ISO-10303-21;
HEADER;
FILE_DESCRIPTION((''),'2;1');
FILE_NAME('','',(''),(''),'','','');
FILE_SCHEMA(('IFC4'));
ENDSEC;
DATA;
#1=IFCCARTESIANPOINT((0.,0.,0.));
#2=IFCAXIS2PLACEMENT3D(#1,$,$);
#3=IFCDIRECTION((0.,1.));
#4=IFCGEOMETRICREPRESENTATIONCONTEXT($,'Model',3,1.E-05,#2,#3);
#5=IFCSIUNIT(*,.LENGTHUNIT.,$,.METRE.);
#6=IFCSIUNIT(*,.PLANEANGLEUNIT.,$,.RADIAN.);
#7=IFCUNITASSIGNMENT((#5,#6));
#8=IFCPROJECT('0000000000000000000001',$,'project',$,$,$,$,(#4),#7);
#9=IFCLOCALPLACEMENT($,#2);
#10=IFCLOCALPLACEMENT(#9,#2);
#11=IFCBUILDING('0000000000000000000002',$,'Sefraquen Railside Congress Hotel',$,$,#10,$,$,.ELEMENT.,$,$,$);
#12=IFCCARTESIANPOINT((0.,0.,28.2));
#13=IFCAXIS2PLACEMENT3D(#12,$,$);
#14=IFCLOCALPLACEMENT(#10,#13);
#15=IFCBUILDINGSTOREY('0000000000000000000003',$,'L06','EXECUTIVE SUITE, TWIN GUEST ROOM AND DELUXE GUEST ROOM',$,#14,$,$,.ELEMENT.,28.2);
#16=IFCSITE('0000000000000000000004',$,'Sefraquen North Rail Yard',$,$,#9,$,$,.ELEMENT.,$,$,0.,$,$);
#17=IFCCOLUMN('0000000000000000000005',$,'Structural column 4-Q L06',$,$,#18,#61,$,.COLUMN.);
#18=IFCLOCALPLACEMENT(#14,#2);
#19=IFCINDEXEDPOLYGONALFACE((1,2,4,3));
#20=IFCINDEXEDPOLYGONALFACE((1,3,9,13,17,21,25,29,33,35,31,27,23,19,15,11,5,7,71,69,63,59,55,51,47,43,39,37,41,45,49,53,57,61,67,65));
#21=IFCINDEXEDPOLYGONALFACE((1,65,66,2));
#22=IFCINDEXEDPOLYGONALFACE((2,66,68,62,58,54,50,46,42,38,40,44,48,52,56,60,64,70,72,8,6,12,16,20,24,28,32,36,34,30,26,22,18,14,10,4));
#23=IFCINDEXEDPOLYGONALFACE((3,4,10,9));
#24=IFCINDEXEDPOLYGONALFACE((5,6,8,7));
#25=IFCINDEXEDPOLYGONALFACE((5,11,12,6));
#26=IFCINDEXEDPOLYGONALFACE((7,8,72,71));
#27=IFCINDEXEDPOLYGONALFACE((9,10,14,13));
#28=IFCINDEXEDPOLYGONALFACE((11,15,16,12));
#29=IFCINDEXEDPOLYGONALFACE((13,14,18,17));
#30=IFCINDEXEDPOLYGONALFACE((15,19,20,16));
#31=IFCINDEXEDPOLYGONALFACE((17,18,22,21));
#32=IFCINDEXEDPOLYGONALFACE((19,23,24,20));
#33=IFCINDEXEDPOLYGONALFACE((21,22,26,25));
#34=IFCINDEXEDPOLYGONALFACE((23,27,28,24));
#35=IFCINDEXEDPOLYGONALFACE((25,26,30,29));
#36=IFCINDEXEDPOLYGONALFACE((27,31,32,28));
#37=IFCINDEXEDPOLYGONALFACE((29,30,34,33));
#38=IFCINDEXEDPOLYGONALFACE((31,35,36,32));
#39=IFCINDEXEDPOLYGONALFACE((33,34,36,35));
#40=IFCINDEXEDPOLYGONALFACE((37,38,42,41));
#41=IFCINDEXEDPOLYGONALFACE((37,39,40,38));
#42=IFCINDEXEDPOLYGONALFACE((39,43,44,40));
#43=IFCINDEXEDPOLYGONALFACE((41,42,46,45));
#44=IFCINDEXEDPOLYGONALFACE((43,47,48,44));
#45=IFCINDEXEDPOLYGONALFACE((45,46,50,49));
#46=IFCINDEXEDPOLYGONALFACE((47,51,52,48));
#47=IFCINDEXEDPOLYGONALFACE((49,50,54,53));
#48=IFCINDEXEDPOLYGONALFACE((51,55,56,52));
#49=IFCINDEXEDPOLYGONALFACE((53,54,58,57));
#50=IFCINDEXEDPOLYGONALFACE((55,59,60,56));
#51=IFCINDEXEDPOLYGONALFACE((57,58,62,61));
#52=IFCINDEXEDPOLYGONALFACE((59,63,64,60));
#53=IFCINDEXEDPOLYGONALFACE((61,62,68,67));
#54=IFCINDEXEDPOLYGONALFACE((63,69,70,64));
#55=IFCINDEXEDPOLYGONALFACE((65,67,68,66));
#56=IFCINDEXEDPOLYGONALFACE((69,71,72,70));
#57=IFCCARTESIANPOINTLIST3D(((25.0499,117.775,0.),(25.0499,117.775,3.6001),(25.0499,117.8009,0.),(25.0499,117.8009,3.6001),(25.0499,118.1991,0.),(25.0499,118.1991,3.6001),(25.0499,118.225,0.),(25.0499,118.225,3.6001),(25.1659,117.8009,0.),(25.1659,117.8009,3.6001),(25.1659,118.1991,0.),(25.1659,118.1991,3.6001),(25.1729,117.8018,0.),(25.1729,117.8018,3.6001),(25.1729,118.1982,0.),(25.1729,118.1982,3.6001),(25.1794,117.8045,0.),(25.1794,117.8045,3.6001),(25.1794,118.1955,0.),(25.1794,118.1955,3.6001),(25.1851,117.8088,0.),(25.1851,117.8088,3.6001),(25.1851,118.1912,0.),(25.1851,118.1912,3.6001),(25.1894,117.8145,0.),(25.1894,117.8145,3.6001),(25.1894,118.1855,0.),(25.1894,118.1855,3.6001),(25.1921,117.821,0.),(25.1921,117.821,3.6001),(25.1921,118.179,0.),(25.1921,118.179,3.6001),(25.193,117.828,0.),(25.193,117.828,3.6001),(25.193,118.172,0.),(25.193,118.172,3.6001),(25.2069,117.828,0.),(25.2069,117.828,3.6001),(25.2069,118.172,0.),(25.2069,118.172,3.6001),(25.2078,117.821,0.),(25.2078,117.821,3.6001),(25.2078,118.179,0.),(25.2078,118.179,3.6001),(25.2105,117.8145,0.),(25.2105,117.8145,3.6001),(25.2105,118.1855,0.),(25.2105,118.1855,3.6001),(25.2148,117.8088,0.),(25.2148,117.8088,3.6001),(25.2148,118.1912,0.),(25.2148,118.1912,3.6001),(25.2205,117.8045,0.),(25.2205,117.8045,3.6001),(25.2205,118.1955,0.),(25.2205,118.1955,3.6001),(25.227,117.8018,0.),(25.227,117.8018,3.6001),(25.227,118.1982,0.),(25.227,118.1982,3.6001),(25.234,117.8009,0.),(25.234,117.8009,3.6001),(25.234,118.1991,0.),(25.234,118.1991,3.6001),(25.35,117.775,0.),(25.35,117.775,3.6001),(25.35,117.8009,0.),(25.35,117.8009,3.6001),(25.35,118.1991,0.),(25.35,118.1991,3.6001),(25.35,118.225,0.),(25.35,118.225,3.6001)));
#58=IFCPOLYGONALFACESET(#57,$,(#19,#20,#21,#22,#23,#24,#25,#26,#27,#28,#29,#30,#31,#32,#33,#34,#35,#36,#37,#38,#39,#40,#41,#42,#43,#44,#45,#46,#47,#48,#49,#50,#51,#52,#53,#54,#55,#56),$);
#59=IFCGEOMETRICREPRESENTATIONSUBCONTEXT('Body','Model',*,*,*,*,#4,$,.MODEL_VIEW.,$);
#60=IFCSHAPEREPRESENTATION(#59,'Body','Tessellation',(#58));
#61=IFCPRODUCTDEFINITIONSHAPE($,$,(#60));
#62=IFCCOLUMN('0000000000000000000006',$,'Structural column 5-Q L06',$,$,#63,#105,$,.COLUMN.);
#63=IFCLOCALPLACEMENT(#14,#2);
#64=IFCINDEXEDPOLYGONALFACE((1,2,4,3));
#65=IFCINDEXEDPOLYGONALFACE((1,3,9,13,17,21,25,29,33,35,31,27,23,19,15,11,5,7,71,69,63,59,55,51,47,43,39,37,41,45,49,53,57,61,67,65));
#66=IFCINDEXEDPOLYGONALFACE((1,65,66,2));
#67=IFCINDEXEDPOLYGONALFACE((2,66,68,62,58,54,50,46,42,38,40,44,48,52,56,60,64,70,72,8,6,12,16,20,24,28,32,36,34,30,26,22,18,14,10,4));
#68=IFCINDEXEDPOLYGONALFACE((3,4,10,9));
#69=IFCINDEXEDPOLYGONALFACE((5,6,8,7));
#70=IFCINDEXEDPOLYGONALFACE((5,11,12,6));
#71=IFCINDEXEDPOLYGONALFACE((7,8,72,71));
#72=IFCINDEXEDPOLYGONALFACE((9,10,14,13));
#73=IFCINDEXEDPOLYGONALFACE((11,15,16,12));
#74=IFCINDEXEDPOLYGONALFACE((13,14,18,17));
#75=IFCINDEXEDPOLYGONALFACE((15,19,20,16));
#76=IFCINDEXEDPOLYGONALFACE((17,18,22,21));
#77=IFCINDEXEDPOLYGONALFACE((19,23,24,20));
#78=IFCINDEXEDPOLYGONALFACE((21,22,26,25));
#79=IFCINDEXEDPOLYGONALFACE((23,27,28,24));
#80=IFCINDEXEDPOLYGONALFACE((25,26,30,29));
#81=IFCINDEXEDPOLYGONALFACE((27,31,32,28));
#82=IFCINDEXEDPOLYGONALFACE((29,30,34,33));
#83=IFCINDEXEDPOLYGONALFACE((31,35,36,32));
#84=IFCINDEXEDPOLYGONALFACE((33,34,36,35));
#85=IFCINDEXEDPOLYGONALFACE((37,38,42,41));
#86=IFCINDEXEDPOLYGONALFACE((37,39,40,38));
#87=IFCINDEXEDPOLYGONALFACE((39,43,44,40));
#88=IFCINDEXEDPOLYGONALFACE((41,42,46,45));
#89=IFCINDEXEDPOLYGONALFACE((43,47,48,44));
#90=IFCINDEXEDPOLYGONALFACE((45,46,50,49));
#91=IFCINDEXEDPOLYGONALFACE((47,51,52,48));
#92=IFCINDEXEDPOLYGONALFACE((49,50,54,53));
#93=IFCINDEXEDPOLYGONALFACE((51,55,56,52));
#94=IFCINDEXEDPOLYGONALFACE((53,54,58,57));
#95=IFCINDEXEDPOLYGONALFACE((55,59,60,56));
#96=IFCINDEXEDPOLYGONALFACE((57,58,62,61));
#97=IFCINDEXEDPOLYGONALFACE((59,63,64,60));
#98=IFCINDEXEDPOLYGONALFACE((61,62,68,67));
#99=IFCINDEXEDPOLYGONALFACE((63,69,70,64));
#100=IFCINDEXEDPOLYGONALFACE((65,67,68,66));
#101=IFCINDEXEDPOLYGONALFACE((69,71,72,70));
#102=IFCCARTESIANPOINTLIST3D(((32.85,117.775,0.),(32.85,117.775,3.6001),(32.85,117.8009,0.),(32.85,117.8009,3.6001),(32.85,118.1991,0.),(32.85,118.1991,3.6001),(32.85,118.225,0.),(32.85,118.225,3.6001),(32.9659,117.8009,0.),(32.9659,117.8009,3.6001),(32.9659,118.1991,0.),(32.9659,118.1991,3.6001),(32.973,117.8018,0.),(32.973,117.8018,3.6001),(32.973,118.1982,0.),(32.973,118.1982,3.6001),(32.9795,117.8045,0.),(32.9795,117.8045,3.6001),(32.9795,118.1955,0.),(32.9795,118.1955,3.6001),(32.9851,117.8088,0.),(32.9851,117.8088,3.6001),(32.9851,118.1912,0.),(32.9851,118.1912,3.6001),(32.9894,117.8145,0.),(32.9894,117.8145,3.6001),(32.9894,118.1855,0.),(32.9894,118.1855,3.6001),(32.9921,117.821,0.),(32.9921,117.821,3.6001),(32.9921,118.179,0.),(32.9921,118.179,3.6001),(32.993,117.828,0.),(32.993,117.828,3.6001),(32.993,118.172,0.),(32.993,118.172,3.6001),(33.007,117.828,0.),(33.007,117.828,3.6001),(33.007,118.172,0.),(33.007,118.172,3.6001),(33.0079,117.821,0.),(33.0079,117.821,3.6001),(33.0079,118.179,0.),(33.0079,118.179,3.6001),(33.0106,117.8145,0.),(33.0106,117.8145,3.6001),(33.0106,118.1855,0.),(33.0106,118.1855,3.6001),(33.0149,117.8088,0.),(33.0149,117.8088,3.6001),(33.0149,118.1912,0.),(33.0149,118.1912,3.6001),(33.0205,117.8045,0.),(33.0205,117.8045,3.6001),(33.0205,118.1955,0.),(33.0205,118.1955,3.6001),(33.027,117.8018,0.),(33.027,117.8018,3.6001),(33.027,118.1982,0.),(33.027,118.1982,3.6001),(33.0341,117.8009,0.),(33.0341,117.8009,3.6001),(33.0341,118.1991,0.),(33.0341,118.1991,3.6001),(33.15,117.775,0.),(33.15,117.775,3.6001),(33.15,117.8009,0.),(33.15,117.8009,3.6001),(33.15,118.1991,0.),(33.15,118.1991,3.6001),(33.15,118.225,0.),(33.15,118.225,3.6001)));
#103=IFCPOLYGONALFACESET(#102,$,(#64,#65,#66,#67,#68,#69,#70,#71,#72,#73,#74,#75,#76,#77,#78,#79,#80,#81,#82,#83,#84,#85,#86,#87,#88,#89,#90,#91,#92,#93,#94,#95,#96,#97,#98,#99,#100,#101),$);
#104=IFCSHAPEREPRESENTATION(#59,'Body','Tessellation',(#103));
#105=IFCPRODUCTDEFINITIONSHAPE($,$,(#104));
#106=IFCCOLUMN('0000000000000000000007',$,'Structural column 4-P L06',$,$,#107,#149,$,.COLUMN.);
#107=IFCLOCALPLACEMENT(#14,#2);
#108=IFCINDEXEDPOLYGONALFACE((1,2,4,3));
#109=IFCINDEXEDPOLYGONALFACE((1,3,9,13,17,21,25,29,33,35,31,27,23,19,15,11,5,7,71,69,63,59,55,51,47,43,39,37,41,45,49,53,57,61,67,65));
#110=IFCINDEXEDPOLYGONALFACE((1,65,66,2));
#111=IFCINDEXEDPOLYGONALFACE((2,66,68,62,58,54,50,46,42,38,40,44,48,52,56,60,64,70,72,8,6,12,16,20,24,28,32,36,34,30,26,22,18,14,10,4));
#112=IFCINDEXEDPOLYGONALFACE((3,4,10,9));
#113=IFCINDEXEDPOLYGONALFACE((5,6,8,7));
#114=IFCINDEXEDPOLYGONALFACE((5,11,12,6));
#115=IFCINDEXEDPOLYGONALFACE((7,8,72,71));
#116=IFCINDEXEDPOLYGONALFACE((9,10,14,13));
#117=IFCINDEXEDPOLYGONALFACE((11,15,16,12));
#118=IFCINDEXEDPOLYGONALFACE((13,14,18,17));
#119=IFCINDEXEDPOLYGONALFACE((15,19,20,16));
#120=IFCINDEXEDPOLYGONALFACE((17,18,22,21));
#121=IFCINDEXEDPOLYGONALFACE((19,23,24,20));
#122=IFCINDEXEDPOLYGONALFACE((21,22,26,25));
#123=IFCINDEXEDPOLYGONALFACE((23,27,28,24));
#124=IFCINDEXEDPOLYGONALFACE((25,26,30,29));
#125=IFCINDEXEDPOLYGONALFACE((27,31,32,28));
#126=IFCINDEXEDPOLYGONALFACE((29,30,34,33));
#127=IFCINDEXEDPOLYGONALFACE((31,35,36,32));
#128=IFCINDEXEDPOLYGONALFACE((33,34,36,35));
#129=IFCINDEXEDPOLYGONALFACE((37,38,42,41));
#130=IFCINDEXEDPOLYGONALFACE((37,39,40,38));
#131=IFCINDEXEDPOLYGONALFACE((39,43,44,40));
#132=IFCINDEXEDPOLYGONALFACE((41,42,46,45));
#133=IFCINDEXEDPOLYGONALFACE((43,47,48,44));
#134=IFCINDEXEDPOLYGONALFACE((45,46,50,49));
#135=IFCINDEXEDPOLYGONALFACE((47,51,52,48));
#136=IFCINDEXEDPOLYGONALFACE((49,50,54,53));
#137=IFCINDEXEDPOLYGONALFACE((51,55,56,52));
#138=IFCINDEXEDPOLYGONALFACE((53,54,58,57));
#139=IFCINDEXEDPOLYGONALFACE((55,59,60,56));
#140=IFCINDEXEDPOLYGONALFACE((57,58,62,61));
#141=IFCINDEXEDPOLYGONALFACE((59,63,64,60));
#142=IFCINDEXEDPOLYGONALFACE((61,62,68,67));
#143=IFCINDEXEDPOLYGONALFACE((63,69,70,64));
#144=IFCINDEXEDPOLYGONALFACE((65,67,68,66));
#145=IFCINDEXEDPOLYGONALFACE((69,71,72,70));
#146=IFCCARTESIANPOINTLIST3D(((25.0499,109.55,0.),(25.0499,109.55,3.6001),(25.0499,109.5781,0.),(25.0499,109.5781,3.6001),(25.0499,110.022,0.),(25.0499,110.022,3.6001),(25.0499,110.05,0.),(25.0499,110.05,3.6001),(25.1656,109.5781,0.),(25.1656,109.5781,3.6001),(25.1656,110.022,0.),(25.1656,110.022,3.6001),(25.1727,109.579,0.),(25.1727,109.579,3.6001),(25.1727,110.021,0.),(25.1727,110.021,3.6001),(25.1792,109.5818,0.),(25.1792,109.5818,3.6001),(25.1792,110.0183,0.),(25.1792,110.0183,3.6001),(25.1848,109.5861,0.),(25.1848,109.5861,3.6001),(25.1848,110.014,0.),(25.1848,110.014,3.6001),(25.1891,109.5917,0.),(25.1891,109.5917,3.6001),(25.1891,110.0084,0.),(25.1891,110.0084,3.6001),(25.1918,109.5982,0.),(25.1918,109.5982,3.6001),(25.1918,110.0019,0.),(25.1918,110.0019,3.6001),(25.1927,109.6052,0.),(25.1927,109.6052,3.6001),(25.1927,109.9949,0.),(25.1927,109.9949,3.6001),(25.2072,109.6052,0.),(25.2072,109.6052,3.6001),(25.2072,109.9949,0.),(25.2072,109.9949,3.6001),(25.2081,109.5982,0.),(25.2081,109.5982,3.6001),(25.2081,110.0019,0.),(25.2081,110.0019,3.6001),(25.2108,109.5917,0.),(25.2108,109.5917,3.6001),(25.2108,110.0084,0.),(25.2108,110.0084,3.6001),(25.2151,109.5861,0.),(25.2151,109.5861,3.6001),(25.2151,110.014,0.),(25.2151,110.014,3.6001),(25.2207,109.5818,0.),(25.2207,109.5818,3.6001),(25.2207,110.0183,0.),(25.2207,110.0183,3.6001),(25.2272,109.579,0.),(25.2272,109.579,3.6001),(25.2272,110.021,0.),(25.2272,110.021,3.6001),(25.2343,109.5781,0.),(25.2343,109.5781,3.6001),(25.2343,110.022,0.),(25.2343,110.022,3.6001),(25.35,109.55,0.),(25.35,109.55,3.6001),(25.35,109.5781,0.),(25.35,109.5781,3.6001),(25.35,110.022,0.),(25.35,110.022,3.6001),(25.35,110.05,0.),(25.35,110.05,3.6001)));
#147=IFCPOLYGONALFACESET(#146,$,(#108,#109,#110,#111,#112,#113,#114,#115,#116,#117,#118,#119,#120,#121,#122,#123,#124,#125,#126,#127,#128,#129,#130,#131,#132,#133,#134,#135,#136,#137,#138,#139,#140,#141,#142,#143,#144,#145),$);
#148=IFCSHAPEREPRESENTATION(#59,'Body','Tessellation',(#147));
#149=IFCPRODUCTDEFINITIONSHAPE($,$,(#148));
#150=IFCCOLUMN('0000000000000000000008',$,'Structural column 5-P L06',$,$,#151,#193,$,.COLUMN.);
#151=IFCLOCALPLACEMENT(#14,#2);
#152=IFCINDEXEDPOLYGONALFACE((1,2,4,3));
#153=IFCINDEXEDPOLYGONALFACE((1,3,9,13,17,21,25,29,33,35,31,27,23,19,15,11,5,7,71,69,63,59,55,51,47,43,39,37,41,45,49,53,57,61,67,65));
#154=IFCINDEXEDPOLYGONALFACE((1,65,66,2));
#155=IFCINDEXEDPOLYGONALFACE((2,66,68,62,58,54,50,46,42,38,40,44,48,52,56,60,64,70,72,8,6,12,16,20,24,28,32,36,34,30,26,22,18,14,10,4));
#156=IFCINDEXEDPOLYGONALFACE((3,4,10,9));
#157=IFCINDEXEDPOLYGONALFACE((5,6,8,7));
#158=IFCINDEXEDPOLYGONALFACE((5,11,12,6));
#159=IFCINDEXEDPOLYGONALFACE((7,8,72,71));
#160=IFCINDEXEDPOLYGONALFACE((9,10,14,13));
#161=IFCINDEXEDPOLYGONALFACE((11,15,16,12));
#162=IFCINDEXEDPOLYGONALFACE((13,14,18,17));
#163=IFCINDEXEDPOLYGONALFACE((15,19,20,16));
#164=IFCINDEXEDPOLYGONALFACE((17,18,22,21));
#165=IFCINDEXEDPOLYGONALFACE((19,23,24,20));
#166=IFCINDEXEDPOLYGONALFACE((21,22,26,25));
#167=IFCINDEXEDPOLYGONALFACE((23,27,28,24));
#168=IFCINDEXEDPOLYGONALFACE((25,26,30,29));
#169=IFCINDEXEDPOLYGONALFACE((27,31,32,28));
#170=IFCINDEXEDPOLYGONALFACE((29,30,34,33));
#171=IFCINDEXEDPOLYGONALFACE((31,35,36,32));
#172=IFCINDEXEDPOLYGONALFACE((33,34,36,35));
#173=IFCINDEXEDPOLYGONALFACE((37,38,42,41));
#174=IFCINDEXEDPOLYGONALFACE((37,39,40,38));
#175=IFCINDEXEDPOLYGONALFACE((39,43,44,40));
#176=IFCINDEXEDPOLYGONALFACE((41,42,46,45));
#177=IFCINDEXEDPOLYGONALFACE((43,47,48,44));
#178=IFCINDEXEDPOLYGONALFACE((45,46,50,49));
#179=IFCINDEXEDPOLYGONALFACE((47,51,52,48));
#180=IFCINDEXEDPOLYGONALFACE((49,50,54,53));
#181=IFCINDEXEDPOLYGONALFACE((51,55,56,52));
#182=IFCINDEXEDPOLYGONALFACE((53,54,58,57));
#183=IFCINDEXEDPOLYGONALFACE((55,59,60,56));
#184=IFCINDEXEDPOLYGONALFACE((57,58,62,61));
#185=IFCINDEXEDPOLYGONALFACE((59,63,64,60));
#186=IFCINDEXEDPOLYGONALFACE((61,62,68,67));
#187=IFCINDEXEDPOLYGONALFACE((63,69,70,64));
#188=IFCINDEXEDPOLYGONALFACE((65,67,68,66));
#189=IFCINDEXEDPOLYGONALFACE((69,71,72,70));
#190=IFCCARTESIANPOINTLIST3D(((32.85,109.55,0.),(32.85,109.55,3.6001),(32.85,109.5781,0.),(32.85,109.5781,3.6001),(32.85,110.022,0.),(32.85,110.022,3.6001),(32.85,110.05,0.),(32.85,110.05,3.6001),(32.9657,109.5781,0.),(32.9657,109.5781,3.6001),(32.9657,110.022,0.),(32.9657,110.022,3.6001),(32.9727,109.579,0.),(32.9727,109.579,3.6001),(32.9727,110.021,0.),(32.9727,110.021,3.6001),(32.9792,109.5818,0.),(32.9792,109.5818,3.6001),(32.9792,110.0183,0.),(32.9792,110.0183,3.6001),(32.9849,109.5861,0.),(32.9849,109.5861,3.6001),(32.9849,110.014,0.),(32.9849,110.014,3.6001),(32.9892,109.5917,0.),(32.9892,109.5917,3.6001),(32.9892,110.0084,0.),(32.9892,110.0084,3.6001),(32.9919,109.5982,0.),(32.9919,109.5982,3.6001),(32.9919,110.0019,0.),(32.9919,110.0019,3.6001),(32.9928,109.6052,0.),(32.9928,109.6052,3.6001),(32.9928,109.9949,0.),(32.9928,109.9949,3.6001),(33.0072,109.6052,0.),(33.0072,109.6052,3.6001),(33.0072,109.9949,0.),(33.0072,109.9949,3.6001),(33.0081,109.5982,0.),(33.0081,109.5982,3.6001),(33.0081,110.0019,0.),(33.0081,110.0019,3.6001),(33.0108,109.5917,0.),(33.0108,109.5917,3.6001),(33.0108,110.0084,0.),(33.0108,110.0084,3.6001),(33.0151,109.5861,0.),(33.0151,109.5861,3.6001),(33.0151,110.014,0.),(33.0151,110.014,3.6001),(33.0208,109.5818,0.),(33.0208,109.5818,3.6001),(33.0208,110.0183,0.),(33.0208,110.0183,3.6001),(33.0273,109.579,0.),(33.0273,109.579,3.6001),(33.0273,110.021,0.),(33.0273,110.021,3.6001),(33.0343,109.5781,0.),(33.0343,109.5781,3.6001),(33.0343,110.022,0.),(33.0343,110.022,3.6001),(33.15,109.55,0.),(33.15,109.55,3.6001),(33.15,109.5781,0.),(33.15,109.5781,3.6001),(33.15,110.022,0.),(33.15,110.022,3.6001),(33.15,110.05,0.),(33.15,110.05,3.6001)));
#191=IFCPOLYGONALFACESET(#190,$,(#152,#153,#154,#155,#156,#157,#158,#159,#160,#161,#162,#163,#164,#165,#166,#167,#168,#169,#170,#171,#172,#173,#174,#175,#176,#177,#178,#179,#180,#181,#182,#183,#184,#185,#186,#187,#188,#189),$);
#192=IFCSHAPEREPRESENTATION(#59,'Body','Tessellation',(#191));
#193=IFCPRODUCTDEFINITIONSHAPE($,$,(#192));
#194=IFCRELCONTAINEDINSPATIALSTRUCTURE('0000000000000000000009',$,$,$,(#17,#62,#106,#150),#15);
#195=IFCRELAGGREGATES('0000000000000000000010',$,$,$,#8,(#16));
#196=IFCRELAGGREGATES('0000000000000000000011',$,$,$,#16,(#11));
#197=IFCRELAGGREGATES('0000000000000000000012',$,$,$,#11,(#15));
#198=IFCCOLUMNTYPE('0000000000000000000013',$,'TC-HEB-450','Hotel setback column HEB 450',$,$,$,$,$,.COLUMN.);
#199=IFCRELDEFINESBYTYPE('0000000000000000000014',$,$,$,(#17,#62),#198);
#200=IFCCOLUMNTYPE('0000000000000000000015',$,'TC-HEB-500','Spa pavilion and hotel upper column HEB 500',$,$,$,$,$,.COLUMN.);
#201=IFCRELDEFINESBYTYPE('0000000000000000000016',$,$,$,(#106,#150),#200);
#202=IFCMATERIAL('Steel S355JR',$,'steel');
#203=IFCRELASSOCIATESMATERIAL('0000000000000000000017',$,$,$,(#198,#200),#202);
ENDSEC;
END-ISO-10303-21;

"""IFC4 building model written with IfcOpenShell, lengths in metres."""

from ifc_helpers import new_model, si_unit, direction, frame, origin, origin_2d, place, context, subcontext, project, spatial, i_section, extrude, material, material_profile, profile_set, type_object, element, save


model = new_model("IFC4")

# Units and contexts
model_context = context("Model", 3, precision=1e-05, world=origin(), true_north=direction((0.0, 1.0)))
body_context = subcontext(model_context, "Body", "Model", "MODEL_VIEW")
ifc_project = project(units=[si_unit("LENGTHUNIT", "METRE"), si_unit("PLANEANGLEUNIT", "RADIAN")], contexts=[model_context])

# Site, building, storey
site_placement = place(None, origin())
site = spatial("IfcSite", under=ifc_project, at=site_placement, Name="Sefraquen North Rail Yard", CompositionType="ELEMENT", RefElevation=0.0)
building_placement = place(site_placement, origin())
building = spatial("IfcBuilding", under=site, at=building_placement, Name="Sefraquen Railside Congress Hotel", CompositionType="ELEMENT")
storey_placement = place(building_placement, frame((0.0, 0.0, 28.2)))
storey = spatial("IfcBuildingStorey", under=building, at=storey_placement, Name="L06", Description="EXECUTIVE SUITE, TWIN GUEST ROOM AND DELUXE GUEST ROOM", CompositionType="ELEMENT", Elevation=28.2)

# Columns
ifc_material_1 = material(Name="Steel S355JR", Category="steel")
ifc_material_profile_1 = material_profile(ifc_material_1, i_section(OverallWidth=0.3, OverallDepth=0.45, WebThickness=0.0139, FlangeThickness=0.0259, FilletRadius=0.0271, at=origin_2d()), Name="HEB 450")
ifc_profile_set_1 = profile_set([ifc_material_profile_1], Name="Steel S355JR")
column_type_1 = type_object("IfcColumnType", Name="TC-HEB-450", Description="Hotel setback column HEB 450", PredefinedType="COLUMN", material=ifc_profile_set_1)
for number, where, z_axis, x_axis, name in (
    (1, (25.2, 118.0, 0.0), (0.0, 0.0, 1.0), (1.0, 0.0, 0.0), "Structural column 4-Q L06"),
    (2, (33.0, 118.0, 0.0), (0.0, 0.0, 1.0), (1.0, 0.0, 0.0), "Structural column 5-Q L06"),
):
    element("IfcColumn", number, at=place(storey_placement, frame(where, z_axis=z_axis, x_axis=x_axis)), inside=storey, type_object=column_type_1, Name=name, PredefinedType="COLUMN", context=body_context, shape_type="SweptSolid", body=[
        extrude(i_section(OverallWidth=0.3, OverallDepth=0.45, WebThickness=0.0139, FlangeThickness=0.0259, FilletRadius=0.0271, at=origin_2d()), origin(), (0.0, 0.0, 1.0), 3.6001),
    ])
ifc_material_profile_2 = material_profile(ifc_material_1, i_section(OverallWidth=0.3, OverallDepth=0.5, WebThickness=0.0144, FlangeThickness=0.0281, FilletRadius=0.0271, at=origin_2d()), Name="HEB 500")
ifc_profile_set_2 = profile_set([ifc_material_profile_2], Name="Steel S355JR")
column_type_2 = type_object("IfcColumnType", Name="TC-HEB-500", Description="Spa pavilion and hotel upper column HEB 500", PredefinedType="COLUMN", material=ifc_profile_set_2)
for number, where, z_axis, x_axis, name in (
    (3, (25.2, 109.8, 0.0), (0.0, 0.0, 1.0), (1.0, 0.0, 0.0), "Structural column 4-P L06"),
    (4, (33.0, 109.8, 0.0), (0.0, 0.0, 1.0), (1.0, 0.0, 0.0), "Structural column 5-P L06"),
):
    element("IfcColumn", number, at=place(storey_placement, frame(where, z_axis=z_axis, x_axis=x_axis)), inside=storey, type_object=column_type_2, Name=name, PredefinedType="COLUMN", context=body_context, shape_type="SweptSolid", body=[
        extrude(i_section(OverallWidth=0.3, OverallDepth=0.5, WebThickness=0.0144, FlangeThickness=0.0281, FilletRadius=0.0271, at=origin_2d()), origin(), (0.0, 0.0, 1.0), 3.6001),
    ])

save(model, "model.ifc")
